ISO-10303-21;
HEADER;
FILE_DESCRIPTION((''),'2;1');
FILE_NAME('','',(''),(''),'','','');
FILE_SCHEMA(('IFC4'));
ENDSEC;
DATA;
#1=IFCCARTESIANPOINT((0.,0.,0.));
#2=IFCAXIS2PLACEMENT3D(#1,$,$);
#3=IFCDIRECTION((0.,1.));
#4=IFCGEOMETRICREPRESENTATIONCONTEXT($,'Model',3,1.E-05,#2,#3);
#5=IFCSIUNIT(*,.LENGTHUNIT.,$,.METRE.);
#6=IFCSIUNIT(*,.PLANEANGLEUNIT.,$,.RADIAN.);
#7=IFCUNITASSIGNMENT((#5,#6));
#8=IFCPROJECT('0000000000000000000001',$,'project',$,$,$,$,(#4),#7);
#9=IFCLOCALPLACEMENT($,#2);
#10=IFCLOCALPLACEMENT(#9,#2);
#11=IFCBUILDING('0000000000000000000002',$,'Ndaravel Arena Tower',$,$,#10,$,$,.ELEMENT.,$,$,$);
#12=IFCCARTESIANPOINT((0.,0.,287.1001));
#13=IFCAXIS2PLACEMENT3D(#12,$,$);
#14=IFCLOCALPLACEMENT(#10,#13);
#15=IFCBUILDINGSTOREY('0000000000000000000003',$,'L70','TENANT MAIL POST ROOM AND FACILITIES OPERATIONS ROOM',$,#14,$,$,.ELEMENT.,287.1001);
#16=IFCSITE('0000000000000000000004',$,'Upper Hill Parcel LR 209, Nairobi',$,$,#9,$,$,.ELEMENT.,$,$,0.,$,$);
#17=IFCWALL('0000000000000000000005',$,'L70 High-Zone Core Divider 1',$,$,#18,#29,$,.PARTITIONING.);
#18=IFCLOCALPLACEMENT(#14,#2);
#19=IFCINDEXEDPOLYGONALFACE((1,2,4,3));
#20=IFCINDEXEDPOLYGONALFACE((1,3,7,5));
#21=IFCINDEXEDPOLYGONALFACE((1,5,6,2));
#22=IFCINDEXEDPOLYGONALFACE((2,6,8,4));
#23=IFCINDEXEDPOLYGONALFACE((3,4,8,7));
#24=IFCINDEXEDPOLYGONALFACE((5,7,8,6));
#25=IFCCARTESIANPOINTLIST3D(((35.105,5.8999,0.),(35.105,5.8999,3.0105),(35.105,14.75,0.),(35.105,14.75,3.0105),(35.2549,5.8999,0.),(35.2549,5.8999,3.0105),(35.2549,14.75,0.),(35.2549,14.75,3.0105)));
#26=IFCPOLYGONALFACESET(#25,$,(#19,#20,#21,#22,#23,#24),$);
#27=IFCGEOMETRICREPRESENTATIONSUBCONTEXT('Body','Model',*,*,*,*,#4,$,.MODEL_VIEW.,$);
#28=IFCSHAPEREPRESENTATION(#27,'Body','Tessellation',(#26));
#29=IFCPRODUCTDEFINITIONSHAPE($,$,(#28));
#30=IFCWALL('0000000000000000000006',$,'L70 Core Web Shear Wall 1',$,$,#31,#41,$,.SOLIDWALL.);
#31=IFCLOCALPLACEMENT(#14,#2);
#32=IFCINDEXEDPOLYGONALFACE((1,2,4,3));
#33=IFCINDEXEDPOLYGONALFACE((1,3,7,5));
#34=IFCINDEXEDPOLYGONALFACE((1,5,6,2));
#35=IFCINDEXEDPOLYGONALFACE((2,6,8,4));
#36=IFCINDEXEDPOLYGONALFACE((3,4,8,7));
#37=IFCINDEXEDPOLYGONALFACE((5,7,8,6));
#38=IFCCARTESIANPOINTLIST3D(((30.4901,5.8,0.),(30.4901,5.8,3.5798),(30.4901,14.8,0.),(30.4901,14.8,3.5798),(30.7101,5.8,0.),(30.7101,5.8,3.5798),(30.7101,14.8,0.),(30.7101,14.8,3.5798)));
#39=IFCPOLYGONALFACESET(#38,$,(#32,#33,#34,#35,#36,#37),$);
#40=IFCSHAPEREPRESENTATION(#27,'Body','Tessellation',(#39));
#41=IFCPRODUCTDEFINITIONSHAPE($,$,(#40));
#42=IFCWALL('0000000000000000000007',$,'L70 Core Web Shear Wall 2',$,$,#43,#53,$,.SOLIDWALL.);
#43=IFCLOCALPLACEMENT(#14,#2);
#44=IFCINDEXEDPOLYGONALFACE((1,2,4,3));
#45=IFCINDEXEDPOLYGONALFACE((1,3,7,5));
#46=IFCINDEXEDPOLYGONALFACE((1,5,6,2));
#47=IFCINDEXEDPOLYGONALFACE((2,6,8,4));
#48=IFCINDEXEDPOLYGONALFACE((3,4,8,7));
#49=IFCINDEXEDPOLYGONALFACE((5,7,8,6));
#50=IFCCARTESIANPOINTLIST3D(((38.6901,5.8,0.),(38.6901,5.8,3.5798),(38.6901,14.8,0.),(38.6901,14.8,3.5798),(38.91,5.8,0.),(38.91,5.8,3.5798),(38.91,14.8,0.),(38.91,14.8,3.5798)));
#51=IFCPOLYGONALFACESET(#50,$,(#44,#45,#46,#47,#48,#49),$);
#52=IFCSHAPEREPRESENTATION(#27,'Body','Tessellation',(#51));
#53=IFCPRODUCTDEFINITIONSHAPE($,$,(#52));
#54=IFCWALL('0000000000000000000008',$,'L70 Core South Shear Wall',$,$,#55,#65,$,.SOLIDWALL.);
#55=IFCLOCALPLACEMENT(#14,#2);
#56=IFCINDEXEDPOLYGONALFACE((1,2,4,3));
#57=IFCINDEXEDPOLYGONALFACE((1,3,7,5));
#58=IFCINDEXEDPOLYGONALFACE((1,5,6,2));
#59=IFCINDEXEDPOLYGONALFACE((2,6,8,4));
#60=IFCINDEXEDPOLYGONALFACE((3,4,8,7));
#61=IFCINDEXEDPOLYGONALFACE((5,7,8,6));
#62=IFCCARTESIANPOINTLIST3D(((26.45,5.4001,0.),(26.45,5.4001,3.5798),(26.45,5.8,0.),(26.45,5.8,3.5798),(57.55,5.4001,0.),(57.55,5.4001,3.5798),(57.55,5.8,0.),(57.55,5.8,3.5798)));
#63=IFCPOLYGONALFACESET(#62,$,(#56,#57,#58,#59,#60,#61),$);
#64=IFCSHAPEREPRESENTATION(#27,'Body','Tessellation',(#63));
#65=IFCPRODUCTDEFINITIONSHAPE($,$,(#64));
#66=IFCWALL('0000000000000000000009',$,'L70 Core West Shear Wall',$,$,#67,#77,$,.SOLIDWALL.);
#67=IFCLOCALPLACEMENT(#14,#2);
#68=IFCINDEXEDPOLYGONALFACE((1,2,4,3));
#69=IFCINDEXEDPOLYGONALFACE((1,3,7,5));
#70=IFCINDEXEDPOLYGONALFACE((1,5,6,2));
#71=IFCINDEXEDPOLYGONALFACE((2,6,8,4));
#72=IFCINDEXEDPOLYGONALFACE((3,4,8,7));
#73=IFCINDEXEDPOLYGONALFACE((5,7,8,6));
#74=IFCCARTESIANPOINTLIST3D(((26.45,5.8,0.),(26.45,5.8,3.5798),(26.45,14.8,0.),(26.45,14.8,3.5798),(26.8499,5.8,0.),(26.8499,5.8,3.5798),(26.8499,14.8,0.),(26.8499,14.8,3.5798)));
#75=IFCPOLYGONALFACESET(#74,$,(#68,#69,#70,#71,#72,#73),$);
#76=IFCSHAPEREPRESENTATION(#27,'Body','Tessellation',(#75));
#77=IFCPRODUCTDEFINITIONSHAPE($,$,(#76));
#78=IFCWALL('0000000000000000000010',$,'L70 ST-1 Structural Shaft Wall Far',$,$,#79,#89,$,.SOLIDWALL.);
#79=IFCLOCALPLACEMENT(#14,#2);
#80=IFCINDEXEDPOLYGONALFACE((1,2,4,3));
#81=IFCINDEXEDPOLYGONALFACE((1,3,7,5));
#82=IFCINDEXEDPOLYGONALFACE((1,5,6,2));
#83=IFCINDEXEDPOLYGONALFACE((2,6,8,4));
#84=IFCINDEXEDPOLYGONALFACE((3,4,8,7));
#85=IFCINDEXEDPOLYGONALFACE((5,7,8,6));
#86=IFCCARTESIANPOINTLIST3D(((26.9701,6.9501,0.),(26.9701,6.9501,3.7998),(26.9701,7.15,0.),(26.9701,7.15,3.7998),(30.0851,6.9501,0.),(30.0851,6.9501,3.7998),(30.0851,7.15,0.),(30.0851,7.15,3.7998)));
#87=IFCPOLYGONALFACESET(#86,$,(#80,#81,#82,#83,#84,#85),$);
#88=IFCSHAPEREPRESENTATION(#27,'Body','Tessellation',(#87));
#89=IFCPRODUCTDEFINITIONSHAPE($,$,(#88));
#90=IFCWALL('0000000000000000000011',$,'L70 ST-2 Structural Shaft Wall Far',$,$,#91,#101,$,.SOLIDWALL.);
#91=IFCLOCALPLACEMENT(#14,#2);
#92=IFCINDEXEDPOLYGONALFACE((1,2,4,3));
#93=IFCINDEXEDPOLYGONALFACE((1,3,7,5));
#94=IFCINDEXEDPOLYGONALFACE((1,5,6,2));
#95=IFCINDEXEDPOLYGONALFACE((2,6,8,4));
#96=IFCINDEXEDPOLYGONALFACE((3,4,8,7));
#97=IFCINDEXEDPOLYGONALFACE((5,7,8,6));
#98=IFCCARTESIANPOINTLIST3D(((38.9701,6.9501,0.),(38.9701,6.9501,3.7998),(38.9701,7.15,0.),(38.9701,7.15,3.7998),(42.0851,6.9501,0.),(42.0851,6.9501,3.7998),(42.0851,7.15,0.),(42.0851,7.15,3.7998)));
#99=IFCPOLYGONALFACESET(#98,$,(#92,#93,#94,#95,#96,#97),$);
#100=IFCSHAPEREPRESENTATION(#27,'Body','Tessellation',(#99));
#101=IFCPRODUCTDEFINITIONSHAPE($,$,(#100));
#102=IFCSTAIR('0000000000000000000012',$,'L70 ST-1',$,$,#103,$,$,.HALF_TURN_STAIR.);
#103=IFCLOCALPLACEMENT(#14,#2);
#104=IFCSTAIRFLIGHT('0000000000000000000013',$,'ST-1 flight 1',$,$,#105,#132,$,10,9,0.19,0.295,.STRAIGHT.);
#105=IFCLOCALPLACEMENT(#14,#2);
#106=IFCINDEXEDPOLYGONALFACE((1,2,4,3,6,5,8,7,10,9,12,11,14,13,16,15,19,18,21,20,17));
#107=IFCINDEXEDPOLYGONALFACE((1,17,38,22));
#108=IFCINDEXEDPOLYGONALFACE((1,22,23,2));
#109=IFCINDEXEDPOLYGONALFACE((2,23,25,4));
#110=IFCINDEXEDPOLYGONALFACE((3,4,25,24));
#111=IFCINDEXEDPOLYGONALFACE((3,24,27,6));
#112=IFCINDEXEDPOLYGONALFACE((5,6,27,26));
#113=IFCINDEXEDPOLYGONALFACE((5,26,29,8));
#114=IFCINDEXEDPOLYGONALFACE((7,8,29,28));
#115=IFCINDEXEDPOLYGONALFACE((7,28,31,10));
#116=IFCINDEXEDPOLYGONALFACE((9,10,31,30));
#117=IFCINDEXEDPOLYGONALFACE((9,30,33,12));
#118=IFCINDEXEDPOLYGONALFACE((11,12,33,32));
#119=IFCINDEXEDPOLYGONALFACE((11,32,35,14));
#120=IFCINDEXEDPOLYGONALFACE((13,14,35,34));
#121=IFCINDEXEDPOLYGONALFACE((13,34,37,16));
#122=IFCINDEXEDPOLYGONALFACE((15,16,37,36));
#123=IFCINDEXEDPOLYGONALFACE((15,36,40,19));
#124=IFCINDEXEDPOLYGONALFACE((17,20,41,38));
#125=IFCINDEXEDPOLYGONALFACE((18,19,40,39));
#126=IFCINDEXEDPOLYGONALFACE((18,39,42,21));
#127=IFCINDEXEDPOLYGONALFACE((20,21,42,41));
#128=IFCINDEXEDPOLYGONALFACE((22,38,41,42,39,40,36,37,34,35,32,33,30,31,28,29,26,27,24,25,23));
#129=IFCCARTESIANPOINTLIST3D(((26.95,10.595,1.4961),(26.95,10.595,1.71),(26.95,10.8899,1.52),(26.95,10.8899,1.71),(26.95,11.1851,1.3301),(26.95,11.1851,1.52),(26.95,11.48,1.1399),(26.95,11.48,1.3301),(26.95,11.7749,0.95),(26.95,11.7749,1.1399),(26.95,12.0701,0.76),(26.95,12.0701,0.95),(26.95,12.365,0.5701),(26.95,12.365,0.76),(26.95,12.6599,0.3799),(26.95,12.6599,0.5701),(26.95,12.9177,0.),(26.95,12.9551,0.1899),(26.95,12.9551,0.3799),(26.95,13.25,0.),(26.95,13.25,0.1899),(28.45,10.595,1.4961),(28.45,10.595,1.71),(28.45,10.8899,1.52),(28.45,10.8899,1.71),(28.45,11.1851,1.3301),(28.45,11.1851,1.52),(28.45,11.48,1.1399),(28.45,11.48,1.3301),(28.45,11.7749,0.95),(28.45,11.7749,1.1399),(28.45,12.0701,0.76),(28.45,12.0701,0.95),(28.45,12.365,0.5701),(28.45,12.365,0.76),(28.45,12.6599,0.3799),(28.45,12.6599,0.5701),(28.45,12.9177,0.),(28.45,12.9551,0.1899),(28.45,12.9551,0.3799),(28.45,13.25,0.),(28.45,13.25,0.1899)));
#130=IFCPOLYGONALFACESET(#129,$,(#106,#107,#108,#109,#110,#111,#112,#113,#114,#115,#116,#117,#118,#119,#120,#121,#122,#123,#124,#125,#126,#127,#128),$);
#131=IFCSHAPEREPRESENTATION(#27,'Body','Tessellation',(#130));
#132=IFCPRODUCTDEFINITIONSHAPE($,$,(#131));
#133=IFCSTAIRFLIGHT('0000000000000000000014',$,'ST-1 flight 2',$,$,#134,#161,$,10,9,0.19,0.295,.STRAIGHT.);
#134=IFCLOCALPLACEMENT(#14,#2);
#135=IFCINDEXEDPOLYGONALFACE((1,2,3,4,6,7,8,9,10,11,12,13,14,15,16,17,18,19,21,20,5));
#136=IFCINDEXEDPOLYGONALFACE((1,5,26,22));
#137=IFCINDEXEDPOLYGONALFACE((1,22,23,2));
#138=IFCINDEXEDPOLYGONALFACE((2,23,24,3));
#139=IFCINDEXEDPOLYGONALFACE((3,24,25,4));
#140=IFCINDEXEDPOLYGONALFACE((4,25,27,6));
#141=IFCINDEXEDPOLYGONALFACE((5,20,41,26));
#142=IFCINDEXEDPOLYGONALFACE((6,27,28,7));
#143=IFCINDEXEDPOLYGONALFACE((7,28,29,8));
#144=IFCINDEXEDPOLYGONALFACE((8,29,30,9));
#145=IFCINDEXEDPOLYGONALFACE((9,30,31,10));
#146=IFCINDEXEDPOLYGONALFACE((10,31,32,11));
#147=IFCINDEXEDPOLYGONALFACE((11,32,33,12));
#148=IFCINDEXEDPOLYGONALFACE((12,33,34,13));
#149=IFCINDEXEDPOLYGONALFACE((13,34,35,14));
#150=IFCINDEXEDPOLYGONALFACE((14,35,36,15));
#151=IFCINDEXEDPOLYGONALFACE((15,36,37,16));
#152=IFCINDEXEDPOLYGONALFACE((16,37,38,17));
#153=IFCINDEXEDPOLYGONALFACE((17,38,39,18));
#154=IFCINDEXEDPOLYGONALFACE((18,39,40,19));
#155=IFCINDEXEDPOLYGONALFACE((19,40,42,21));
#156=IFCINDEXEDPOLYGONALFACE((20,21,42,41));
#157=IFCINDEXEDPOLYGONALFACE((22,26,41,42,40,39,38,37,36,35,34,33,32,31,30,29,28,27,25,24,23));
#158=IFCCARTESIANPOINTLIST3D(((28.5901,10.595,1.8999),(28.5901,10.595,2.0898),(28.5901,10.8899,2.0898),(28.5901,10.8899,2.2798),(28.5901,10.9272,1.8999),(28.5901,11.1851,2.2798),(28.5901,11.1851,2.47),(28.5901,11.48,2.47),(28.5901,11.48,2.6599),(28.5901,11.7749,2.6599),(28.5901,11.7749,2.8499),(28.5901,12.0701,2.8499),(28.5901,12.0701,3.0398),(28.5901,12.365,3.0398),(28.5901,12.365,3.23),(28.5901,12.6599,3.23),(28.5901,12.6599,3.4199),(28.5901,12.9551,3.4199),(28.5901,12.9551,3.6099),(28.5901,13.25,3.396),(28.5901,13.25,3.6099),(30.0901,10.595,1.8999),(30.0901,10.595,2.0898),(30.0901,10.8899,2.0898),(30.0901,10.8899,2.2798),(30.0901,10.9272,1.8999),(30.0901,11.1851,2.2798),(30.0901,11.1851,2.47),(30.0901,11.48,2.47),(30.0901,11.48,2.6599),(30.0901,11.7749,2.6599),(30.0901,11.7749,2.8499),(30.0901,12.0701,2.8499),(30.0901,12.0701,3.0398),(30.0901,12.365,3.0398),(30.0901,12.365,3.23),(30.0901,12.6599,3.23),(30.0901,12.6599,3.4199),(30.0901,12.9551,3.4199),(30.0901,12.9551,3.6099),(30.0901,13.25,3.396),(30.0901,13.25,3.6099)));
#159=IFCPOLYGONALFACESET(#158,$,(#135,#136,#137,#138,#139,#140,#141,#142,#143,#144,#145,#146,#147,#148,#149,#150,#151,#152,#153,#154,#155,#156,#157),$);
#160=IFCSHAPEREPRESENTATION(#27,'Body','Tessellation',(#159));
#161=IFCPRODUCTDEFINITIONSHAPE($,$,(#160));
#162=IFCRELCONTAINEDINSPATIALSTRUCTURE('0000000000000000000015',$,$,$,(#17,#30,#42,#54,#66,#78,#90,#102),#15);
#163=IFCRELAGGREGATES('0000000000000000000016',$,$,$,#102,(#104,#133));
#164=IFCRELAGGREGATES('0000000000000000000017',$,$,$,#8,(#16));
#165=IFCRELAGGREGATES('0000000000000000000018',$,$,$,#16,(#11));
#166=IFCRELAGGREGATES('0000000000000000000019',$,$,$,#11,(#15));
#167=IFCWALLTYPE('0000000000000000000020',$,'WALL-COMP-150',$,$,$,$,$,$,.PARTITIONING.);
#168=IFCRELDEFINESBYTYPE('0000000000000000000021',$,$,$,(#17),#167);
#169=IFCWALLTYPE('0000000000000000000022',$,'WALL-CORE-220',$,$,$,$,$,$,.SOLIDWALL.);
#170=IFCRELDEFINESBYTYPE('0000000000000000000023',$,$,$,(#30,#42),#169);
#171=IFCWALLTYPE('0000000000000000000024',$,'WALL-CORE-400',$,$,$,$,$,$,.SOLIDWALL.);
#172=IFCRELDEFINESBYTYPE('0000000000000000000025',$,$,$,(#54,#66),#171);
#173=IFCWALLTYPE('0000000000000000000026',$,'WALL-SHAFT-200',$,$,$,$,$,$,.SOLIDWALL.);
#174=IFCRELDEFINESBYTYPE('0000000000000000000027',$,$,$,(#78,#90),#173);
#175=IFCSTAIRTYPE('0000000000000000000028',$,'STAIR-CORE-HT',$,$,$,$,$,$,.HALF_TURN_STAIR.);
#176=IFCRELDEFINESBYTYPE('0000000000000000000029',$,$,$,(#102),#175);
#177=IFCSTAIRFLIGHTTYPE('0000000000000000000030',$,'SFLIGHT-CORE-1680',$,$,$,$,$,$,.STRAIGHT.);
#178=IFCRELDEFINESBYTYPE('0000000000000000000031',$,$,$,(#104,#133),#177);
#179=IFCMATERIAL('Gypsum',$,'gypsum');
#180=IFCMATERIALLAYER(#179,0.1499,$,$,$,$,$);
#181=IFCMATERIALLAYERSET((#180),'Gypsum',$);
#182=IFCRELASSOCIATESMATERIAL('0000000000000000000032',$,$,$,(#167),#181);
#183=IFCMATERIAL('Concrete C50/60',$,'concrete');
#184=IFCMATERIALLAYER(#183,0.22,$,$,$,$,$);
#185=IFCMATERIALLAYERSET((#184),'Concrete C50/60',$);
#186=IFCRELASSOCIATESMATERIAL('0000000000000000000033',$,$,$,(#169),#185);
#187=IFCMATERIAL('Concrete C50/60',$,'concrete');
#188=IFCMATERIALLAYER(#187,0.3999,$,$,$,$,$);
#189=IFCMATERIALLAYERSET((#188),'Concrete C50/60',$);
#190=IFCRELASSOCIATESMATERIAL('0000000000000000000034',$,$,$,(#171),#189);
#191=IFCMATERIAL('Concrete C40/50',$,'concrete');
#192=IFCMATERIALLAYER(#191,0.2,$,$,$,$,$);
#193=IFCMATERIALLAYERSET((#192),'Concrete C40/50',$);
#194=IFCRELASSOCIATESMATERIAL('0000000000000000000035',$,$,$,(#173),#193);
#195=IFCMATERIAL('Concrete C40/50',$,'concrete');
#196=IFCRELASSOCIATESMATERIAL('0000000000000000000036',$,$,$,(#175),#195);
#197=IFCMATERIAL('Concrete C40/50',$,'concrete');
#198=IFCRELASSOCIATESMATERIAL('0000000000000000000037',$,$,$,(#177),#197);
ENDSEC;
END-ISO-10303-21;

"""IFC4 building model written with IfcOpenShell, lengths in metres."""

from ifc_helpers import new_model, si_unit, direction, frame, frame_2d, origin, place, context, subcontext, project, spatial, polyline, rectangle, outline, extrude, material, layer, layer_set, type_object, element, aggregate, save


model = new_model("IFC4")

# Units and contexts
model_context = context("Model", 3, precision=1e-05, world=origin(), true_north=direction((0.0, 1.0)))
body_context = subcontext(model_context, "Body", "Model", "MODEL_VIEW")
ifc_project = project(units=[si_unit("LENGTHUNIT", "METRE"), si_unit("PLANEANGLEUNIT", "RADIAN")], contexts=[model_context])

# Site, building, storey
site_placement = place(None, origin())
site = spatial("IfcSite", under=ifc_project, at=site_placement, Name="Upper Hill Parcel LR 209, Nairobi", CompositionType="ELEMENT", RefElevation=0.0)
building_placement = place(site_placement, origin())
building = spatial("IfcBuilding", under=site, at=building_placement, Name="Ndaravel Arena Tower", CompositionType="ELEMENT")
storey_placement = place(building_placement, frame((0.0, 0.0, 287.1001)))
storey = spatial("IfcBuildingStorey", under=building, at=storey_placement, Name="L70", Description="TENANT MAIL POST ROOM AND FACILITIES OPERATIONS ROOM", CompositionType="ELEMENT", Elevation=287.1001)

# Walls
ifc_material_1 = material(Name="Gypsum", Category="gypsum")
ifc_layer_1 = layer(ifc_material_1, 0.1499)
ifc_layer_set_1 = layer_set([ifc_layer_1], Name="Gypsum")
wall_type_1 = type_object("IfcWallType", Name="WALL-COMP-150", PredefinedType="PARTITIONING", material=ifc_layer_set_1)
wall_1_placement = place(storey_placement, frame((35.1799, 5.8999, 0.0), z_axis=(0.0, 0.0, 1.0), x_axis=(0.0, 1.0, 0.0)))
element("IfcWall", 1, at=wall_1_placement, inside=storey, type_object=wall_type_1, Name="L70 High-Zone Core Divider 1", PredefinedType="PARTITIONING", context=body_context, shape_type="SweptSolid", body=[
    extrude(rectangle(XDim=8.8501, YDim=0.1499, at=frame_2d((4.425, 0.0))), origin(), (0.0, 0.0, 1.0), 3.0105),
])
ifc_material_2 = material(Name="Concrete C50/60", Category="concrete")
ifc_layer_2 = layer(ifc_material_2, 0.22)
ifc_layer_set_2 = layer_set([ifc_layer_2], Name="Concrete C50/60")
wall_type_2 = type_object("IfcWallType", Name="WALL-CORE-220", PredefinedType="SOLIDWALL", material=ifc_layer_set_2)
for number, where, z_axis, x_axis, name in (
    (2, (30.6001, 5.8, 0.0), (0.0, 0.0, 1.0), (0.0, 1.0, 0.0), "L70 Core Web Shear Wall 1"),
    (3, (38.8, 5.8, 0.0), (0.0, 0.0, 1.0), (0.0, 1.0, 0.0), "L70 Core Web Shear Wall 2"),
):
    element("IfcWall", number, at=place(storey_placement, frame(where, z_axis=z_axis, x_axis=x_axis)), inside=storey, type_object=wall_type_2, Name=name, PredefinedType="SOLIDWALL", context=body_context, shape_type="SweptSolid", body=[
        extrude(rectangle(XDim=9.0, YDim=0.22, at=frame_2d((4.5, 0.0))), origin(), (0.0, 0.0, 1.0), 3.5798),
    ])
ifc_material_3 = material(Name="Concrete C50/60", Category="concrete")
ifc_layer_3 = layer(ifc_material_3, 0.3999)
ifc_layer_set_3 = layer_set([ifc_layer_3], Name="Concrete C50/60")
wall_type_3 = type_object("IfcWallType", Name="WALL-CORE-400", PredefinedType="SOLIDWALL", material=ifc_layer_set_3)
wall_2_placement = place(storey_placement, frame((26.45, 5.6001, 0.0), z_axis=(0.0, 0.0, 1.0), x_axis=(1.0, 0.0, 0.0)))
element("IfcWall", 4, at=wall_2_placement, inside=storey, type_object=wall_type_3, Name="L70 Core South Shear Wall", PredefinedType="SOLIDWALL", context=body_context, shape_type="SweptSolid", body=[
    extrude(rectangle(XDim=31.1001, YDim=0.3999, at=frame_2d((15.55, 0.0))), origin(), (0.0, 0.0, 1.0), 3.5798),
])
wall_3_placement = place(storey_placement, frame((26.6499, 5.8, 0.0), z_axis=(0.0, 0.0, 1.0), x_axis=(0.0, 1.0, 0.0)))
element("IfcWall", 5, at=wall_3_placement, inside=storey, type_object=wall_type_3, Name="L70 Core West Shear Wall", PredefinedType="SOLIDWALL", context=body_context, shape_type="SweptSolid", body=[
    extrude(rectangle(XDim=9.0, YDim=0.3999, at=frame_2d((4.5, 0.0))), origin(), (0.0, 0.0, 1.0), 3.5798),
])
ifc_material_4 = material(Name="Concrete C40/50", Category="concrete")
ifc_layer_4 = layer(ifc_material_4, 0.2)
ifc_layer_set_4 = layer_set([ifc_layer_4], Name="Concrete C40/50")
wall_type_4 = type_object("IfcWallType", Name="WALL-SHAFT-200", PredefinedType="SOLIDWALL", material=ifc_layer_set_4)
for number, where, z_axis, x_axis, name in (
    (6, (26.97, 7.05, 0.0), (0.0, 0.0, 1.0), (1.0, 0.0, 0.0), "L70 ST-1 Structural Shaft Wall Far"),
    (7, (38.97, 7.05, 0.0), (0.0, 0.0, 1.0), (1.0, 0.0, 0.0), "L70 ST-2 Structural Shaft Wall Far"),
):
    element("IfcWall", number, at=place(storey_placement, frame(where, z_axis=z_axis, x_axis=x_axis)), inside=storey, type_object=wall_type_4, Name=name, PredefinedType="SOLIDWALL", context=body_context, shape_type="SweptSolid", body=[
        extrude(rectangle(XDim=3.115, YDim=0.2, at=frame_2d((1.5576, 0.0))), origin(), (0.0, 0.0, 1.0), 3.7998),
    ])

# Stair, stair flights
ifc_material_5 = material(Name="Concrete C40/50", Category="concrete")
stair_type = type_object("IfcStairType", Name="STAIR-CORE-HT", PredefinedType="HALF_TURN_STAIR", material=ifc_material_5)
stair_1_placement = place(storey_placement, origin())
stair_1 = element("IfcStair", 8, at=stair_1_placement, inside=storey, type_object=stair_type, Name="L70 ST-1", PredefinedType="HALF_TURN_STAIR")
ifc_material_6 = material(Name="Concrete C40/50", Category="concrete")
stair_flight_type = type_object("IfcStairFlightType", Name="SFLIGHT-CORE-1680", PredefinedType="STRAIGHT", material=ifc_material_6)
stair_flight_1_placement = place(storey_placement, frame((27.7, 13.25, 0.0), z_axis=(0.0, 0.0, 1.0), x_axis=(0.0, -1.0, 0.0)))
stair_flight_1 = element("IfcStairFlight", 9, at=stair_flight_1_placement, type_object=stair_flight_type, Name="ST-1 flight 1", NumberOfRisers=10, NumberOfTreads=9, PredefinedType="STRAIGHT", RiserHeight=0.19, TreadLength=0.295, context=body_context, shape_type="SweptSolid", body=[
    extrude(outline(polyline([(0.0, 0.0), (0.0, 0.1899), (0.2949, 0.1899), (0.2949, 0.3799), (0.5901, 0.3799), (0.5901, 0.5701), (0.885, 0.5701), (0.885, 0.76), (1.1799, 0.76), (1.1799, 0.95), (1.4751, 0.95), (1.4751, 1.1399), (1.77, 1.1399), (1.77, 1.3301), (2.0649, 1.3301), (2.0649, 1.52), (2.3601, 1.52), (2.3601, 1.71), (2.655, 1.71), (2.655, 1.8999), (2.655, 1.4961), (0.3323, 0.0), (0.0, 0.0)])), frame((0.0, 0.75, 0.0), z_axis=(0.0, -1.0, 0.0), x_axis=(1.0, 0.0, 0.0)), (0.0, 0.0, 1.0), 1.5),
])
stair_flight_2_placement = place(storey_placement, frame((29.3401, 10.595, 1.8999), z_axis=(0.0, 0.0, 1.0), x_axis=(0.0, 1.0, 0.0)))
stair_flight_2 = element("IfcStairFlight", 10, at=stair_flight_2_placement, type_object=stair_flight_type, Name="ST-1 flight 2", NumberOfRisers=10, NumberOfTreads=9, PredefinedType="STRAIGHT", RiserHeight=0.19, TreadLength=0.295, context=body_context, shape_type="SweptSolid", body=[
    extrude(outline(polyline([(0.0, 0.0), (0.0, 0.1899), (0.2949, 0.1899), (0.2949, 0.3799), (0.5901, 0.3799), (0.5901, 0.5701), (0.885, 0.5701), (0.885, 0.76), (1.1799, 0.76), (1.1799, 0.95), (1.4751, 0.95), (1.4751, 1.1399), (1.77, 1.1399), (1.77, 1.3301), (2.0649, 1.3301), (2.0649, 1.52), (2.3601, 1.52), (2.3601, 1.71), (2.655, 1.71), (2.655, 1.8999), (2.655, 1.4961), (0.3323, 0.0), (0.0, 0.0)])), frame((0.0, 0.75, 0.0), z_axis=(0.0, -1.0, 0.0), x_axis=(1.0, 0.0, 0.0)), (0.0, 0.0, 1.0), 1.5),
])
aggregate(stair_1, [stair_flight_1, stair_flight_2])

save(model, "model.ifc")
